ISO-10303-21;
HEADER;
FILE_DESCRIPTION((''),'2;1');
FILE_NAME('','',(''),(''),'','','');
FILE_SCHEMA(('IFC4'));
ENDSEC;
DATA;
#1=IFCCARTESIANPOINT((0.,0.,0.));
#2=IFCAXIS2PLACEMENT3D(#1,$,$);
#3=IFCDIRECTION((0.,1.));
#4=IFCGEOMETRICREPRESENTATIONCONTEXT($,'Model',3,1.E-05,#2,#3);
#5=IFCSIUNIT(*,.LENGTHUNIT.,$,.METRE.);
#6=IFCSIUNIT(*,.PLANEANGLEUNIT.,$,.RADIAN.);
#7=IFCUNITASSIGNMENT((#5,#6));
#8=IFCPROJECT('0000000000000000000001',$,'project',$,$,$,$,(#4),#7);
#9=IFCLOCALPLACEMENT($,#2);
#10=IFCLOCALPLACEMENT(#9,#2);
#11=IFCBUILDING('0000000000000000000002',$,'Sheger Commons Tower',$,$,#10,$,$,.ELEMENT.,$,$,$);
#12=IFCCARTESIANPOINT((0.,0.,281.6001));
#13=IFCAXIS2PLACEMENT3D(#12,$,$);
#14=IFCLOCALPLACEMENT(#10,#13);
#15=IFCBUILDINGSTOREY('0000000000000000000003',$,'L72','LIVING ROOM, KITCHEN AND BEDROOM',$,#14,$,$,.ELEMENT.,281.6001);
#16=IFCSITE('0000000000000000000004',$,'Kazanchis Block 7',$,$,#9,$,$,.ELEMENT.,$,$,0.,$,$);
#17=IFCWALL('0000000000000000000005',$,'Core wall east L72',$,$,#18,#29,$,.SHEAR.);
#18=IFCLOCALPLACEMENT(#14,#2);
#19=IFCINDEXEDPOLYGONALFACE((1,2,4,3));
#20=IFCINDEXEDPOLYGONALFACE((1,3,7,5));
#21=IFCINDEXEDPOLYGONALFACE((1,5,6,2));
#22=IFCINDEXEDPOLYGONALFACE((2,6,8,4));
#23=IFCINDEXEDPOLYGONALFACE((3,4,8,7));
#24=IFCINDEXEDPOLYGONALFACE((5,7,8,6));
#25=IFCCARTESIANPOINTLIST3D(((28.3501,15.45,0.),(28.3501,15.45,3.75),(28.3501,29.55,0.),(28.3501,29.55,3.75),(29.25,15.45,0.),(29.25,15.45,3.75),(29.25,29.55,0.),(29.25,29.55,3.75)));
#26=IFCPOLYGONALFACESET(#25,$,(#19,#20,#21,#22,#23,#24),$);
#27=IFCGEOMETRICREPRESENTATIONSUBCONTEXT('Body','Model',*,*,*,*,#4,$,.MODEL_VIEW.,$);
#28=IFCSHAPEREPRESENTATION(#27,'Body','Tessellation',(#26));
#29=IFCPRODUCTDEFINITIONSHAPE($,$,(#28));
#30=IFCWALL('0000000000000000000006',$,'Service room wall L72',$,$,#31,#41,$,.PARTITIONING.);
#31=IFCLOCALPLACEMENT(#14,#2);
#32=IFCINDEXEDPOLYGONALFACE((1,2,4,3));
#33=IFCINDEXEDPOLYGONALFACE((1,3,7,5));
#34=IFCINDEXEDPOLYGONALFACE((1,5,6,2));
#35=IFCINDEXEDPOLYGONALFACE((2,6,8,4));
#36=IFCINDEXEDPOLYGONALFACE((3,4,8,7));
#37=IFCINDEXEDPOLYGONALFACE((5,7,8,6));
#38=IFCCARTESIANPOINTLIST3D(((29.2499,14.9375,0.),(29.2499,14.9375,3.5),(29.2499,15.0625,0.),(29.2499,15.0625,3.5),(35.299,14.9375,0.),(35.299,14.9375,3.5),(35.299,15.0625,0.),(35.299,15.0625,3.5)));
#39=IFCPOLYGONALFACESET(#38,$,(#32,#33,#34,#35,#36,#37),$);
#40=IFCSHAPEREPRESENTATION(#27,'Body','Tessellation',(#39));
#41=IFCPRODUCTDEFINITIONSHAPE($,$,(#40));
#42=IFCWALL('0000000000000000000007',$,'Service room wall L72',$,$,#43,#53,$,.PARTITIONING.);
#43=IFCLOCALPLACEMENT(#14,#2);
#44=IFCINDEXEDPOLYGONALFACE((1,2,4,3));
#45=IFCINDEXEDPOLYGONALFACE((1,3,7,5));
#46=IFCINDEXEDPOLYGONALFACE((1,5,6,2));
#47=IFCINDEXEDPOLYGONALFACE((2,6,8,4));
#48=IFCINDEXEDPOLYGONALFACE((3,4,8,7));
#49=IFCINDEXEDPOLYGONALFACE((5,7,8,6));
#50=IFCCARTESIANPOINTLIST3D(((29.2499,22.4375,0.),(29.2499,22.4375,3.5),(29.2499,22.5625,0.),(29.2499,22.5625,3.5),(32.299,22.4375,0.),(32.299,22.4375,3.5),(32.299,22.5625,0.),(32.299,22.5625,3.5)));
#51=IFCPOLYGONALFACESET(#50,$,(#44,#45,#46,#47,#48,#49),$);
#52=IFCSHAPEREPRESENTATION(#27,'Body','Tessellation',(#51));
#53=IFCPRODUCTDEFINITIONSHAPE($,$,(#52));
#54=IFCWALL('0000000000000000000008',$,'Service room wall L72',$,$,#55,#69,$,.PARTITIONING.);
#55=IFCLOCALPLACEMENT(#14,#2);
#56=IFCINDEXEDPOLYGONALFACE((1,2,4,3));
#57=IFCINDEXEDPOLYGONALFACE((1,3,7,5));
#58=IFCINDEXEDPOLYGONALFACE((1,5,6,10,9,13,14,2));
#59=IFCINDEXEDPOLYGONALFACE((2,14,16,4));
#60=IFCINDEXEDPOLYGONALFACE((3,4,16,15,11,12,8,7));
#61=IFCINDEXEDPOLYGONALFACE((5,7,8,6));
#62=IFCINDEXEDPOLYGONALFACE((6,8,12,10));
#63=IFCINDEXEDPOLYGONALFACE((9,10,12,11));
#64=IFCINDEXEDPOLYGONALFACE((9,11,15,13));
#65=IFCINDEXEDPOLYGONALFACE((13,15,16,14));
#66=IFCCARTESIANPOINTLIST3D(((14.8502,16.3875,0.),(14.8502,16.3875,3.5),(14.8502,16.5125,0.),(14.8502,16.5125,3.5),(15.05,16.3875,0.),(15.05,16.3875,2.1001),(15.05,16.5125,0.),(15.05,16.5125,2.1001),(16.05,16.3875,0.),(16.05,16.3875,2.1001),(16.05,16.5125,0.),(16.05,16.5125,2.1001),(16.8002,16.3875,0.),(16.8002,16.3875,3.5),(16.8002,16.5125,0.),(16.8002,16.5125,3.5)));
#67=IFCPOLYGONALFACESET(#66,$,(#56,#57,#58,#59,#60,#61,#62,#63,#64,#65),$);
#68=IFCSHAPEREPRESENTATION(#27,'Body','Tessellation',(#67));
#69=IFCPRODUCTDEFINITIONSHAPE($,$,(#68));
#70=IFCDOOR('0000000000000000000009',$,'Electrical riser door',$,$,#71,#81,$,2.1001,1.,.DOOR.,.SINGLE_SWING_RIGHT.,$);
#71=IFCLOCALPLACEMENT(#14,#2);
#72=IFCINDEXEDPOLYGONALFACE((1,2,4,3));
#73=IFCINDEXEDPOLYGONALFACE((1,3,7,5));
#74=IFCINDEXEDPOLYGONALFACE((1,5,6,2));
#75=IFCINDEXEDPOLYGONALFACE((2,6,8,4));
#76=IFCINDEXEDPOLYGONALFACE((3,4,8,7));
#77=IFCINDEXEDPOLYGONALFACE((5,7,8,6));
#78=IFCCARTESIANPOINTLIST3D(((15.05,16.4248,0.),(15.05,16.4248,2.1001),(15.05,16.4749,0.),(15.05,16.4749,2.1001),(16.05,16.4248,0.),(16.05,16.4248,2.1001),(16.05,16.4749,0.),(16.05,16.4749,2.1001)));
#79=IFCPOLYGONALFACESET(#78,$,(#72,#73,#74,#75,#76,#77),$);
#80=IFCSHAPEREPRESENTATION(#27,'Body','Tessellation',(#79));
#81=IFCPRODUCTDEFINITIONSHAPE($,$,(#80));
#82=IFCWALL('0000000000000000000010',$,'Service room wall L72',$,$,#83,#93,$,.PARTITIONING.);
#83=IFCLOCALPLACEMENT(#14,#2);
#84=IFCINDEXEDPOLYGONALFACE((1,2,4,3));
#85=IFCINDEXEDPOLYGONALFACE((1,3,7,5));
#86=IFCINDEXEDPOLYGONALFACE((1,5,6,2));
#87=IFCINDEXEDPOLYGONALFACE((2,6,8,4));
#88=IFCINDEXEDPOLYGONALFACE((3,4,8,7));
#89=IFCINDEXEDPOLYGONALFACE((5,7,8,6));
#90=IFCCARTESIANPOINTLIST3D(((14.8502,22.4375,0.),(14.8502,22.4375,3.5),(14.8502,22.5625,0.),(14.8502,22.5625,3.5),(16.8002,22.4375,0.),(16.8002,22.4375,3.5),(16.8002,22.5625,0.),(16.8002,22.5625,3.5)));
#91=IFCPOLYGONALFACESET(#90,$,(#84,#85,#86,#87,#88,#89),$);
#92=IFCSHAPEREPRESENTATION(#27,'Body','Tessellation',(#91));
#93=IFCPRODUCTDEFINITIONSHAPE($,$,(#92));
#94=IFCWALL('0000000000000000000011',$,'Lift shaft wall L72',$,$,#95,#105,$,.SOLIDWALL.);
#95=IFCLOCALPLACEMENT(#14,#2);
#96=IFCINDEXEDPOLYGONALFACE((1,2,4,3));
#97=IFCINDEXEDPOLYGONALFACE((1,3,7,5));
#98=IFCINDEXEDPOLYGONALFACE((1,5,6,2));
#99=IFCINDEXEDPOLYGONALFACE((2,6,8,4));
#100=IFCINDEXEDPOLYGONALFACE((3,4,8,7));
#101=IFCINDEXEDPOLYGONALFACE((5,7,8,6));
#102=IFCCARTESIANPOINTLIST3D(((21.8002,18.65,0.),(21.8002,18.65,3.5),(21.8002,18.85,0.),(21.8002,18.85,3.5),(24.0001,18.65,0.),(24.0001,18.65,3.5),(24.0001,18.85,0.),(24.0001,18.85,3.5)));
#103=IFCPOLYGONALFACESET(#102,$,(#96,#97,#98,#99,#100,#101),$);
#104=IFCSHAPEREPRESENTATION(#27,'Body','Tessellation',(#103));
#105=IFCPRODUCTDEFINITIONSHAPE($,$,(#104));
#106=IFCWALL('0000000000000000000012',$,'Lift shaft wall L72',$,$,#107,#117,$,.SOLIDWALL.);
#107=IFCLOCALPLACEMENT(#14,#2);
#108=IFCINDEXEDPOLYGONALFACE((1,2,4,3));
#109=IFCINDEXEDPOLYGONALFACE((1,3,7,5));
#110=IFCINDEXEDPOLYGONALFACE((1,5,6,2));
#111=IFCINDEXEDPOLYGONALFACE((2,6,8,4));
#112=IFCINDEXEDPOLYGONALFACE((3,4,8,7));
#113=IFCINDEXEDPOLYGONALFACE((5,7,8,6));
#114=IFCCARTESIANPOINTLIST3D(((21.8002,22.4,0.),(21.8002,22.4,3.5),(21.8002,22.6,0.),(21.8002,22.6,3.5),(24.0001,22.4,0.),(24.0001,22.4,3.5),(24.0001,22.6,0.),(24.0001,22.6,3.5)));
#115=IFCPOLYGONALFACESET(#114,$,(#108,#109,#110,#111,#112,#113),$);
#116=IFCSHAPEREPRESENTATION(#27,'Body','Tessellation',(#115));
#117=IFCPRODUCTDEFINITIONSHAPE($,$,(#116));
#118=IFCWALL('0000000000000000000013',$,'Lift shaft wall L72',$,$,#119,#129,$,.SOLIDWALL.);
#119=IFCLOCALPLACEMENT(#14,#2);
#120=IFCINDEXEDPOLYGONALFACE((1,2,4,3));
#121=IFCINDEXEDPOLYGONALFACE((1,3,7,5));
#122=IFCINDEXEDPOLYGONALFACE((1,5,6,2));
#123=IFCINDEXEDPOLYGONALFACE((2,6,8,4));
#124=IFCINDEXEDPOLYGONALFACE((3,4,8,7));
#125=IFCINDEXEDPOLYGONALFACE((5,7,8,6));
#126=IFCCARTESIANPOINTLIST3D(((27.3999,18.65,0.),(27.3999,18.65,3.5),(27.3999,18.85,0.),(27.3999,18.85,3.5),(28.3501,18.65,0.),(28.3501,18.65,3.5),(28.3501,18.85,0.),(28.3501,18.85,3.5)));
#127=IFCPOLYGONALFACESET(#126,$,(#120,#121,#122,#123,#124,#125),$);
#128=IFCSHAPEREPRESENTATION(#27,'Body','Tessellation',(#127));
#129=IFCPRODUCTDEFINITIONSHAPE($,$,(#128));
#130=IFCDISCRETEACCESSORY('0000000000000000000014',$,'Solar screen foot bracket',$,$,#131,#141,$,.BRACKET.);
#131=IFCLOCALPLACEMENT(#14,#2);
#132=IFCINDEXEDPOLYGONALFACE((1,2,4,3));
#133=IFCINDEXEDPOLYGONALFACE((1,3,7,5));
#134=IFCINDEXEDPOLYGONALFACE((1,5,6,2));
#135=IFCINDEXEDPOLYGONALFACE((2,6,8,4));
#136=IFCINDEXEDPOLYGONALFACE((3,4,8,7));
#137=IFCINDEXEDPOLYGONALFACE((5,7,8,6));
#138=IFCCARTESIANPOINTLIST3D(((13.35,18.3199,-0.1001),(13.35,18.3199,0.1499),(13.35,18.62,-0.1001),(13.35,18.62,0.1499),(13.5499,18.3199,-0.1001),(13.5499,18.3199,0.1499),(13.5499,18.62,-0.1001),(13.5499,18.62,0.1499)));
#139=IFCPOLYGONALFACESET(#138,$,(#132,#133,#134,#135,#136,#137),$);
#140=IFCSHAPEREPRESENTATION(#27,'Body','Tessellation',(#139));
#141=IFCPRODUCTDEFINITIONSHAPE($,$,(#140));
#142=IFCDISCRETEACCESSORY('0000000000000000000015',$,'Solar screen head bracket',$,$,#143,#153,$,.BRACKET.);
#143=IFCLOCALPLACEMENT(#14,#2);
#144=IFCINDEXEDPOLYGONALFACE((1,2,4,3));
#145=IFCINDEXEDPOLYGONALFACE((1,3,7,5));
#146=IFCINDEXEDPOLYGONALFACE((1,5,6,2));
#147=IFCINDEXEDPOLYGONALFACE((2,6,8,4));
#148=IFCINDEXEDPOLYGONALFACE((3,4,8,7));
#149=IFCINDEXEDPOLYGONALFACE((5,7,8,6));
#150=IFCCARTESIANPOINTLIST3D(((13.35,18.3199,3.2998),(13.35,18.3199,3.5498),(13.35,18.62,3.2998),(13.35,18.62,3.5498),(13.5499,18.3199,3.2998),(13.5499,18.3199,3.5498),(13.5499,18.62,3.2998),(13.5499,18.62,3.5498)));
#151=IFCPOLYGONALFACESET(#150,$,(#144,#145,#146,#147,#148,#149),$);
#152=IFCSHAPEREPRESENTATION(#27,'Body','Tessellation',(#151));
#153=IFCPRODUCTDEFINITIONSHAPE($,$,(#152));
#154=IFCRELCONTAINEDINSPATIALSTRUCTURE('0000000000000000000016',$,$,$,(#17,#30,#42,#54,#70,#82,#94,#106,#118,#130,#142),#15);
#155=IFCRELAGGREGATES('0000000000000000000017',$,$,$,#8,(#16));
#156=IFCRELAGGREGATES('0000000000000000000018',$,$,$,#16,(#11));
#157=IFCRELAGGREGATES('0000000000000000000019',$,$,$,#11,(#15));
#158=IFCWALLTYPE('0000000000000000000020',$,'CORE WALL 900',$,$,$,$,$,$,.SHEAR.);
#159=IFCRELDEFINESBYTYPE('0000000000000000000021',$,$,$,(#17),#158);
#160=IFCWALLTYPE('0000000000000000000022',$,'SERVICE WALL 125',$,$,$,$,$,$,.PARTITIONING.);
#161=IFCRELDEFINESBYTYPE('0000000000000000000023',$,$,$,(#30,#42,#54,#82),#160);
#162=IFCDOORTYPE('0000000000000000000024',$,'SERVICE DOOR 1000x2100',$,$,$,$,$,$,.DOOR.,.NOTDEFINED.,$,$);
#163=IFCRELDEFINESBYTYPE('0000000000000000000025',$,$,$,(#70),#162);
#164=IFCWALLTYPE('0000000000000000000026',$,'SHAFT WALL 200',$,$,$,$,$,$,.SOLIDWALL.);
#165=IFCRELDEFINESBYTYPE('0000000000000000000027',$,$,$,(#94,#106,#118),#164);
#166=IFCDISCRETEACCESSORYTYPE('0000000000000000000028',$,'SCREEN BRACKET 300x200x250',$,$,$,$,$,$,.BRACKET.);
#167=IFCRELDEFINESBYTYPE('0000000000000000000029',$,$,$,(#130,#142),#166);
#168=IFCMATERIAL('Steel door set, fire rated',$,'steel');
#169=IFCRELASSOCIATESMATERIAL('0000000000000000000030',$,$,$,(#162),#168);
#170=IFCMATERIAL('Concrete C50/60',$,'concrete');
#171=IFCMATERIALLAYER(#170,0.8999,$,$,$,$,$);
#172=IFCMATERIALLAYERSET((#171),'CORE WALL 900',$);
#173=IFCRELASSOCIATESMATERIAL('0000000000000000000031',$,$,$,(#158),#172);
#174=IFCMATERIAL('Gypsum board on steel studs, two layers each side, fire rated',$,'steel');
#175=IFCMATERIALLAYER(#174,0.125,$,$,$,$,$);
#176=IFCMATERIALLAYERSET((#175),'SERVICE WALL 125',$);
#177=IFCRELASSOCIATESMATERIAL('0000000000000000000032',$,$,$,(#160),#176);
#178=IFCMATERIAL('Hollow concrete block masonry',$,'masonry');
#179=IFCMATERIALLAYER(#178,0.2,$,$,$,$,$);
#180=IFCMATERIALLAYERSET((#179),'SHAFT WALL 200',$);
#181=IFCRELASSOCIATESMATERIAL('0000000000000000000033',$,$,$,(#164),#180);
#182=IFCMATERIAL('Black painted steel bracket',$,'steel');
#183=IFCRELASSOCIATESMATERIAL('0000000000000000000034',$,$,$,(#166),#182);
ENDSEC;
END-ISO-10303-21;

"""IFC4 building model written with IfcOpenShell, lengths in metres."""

from ifc_helpers import new_model, si_unit, direction, frame, frame_2d, origin, origin_2d, place, context, subcontext, project, spatial, rectangle, extrude, material, layer, layer_set, type_object, element, fill, save


model = new_model("IFC4")

# Units and contexts
model_context = context("Model", 3, precision=1e-05, world=origin(), true_north=direction((0.0, 1.0)))
body_context = subcontext(model_context, "Body", "Model", "MODEL_VIEW")
ifc_project = project(units=[si_unit("LENGTHUNIT", "METRE"), si_unit("PLANEANGLEUNIT", "RADIAN")], contexts=[model_context])

# Site, building, storey
site_placement = place(None, origin())
site = spatial("IfcSite", under=ifc_project, at=site_placement, Name="Kazanchis Block 7", CompositionType="ELEMENT", RefElevation=0.0)
building_placement = place(site_placement, origin())
building = spatial("IfcBuilding", under=site, at=building_placement, Name="Sheger Commons Tower", CompositionType="ELEMENT")
storey_placement = place(building_placement, frame((0.0, 0.0, 281.6001)))
storey = spatial("IfcBuildingStorey", under=building, at=storey_placement, Name="L72", Description="LIVING ROOM, KITCHEN AND BEDROOM", CompositionType="ELEMENT", Elevation=281.6001)

# Shared definitions
ifc_material_1 = material(Name="Steel door set, fire rated", Category="steel")
door_type_1 = type_object("IfcDoorType", Name="SERVICE DOOR 1000x2100", OperationType="NOTDEFINED", PredefinedType="DOOR", material=ifc_material_1)

# Walls
ifc_material_2 = material(Name="Concrete C50/60", Category="concrete")
ifc_layer_1 = layer(ifc_material_2, 0.8999)
ifc_layer_set_1 = layer_set([ifc_layer_1], Name="CORE WALL 900")
wall_type_1 = type_object("IfcWallType", Name="CORE WALL 900", PredefinedType="SHEAR", material=ifc_layer_set_1)
for number, where, z_axis, x_axis, name in (
    (1, (28.8, 15.45, 0.0), (0.0, 0.0, 1.0), (0.0, 1.0, 0.0), "Core wall east L72"),
):
    element("IfcWall", number, at=place(storey_placement, frame(where, z_axis=z_axis, x_axis=x_axis)), inside=storey, type_object=wall_type_1, Name=name, PredefinedType="SHEAR", context=body_context, shape_type="SweptSolid", body=[
        extrude(rectangle(XDim=14.1001, YDim=0.8999, at=frame_2d((7.05, 0.0))), origin(), (0.0, 0.0, 1.0), 3.75),
    ])
ifc_material_3 = material(Name="Gypsum board on steel studs, two layers each side, fire rated", Category="steel")
ifc_layer_2 = layer(ifc_material_3, 0.125)
ifc_layer_set_2 = layer_set([ifc_layer_2], Name="SERVICE WALL 125")
wall_type_2 = type_object("IfcWallType", Name="SERVICE WALL 125", PredefinedType="PARTITIONING", material=ifc_layer_set_2)
wall_1_placement = place(storey_placement, frame((29.25, 15.0, 0.0), z_axis=(0.0, 0.0, 1.0), x_axis=(1.0, 0.0, 0.0)))
element("IfcWall", 2, at=wall_1_placement, inside=storey, type_object=wall_type_2, Name="Service room wall L72", PredefinedType="PARTITIONING", context=body_context, shape_type="SweptSolid", body=[
    extrude(rectangle(XDim=6.0491, YDim=0.125, at=frame_2d((3.0244, 0.0))), origin(), (0.0, 0.0, 1.0), 3.5),
])
wall_2_placement = place(storey_placement, frame((29.25, 22.5, 0.0), z_axis=(0.0, 0.0, 1.0), x_axis=(1.0, 0.0, 0.0)))
element("IfcWall", 3, at=wall_2_placement, inside=storey, type_object=wall_type_2, Name="Service room wall L72", PredefinedType="PARTITIONING", context=body_context, shape_type="SweptSolid", body=[
    extrude(rectangle(XDim=3.0491, YDim=0.125, at=frame_2d((1.5244, 0.0))), origin(), (0.0, 0.0, 1.0), 3.5),
])

# Wall, opening, door
wall_3_placement = place(storey_placement, frame((14.8501, 16.45, 0.0), z_axis=(0.0, 0.0, 1.0), x_axis=(1.0, 0.0, 0.0)))
wall_3 = element("IfcWall", 4, at=wall_3_placement, inside=storey, type_object=wall_type_2, Name="Service room wall L72", PredefinedType="PARTITIONING", context=body_context, shape_type="SweptSolid", body=[
    extrude(rectangle(XDim=1.95, YDim=0.125, at=frame_2d((0.9751, 0.0))), origin(), (0.0, 0.0, 1.0), 3.5),
])
opening_1_placement = place(wall_3_placement, frame((0.2, 0.0, 0.0)))
opening_1 = element("IfcOpeningElement", 5, at=opening_1_placement, cuts=wall_3, PredefinedType="OPENING", context=body_context, shape_type="SweptSolid", body=[
    extrude(rectangle(XDim=1.0, YDim=2.1001, at=frame_2d((0.5, 1.05))), frame((0.0, 0.0725, 0.0), z_axis=(0.0, -1.0, 0.0), x_axis=(1.0, 0.0, 0.0)), (0.0, 0.0, 1.0), 0.145),
])
door_1_placement = place(opening_1_placement, origin())
door_1 = element("IfcDoor", 6, at=door_1_placement, inside=storey, type_object=door_type_1, Name="Electrical riser door", OperationType="SINGLE_SWING_RIGHT", OverallHeight=2.1001, OverallWidth=1.0, PredefinedType="DOOR", context=body_context, shape_type="SweptSolid", body=[
    extrude(rectangle(XDim=1.0, YDim=2.1001, at=frame_2d((0.5, 1.05))), frame((0.0, 0.0249, 0.0), z_axis=(0.0, -1.0, 0.0), x_axis=(1.0, 0.0, 0.0)), (0.0, 0.0, 1.0), 0.05),
])
fill(opening_1, door_1)

# Walls
wall_4_placement = place(storey_placement, frame((14.8501, 22.5, 0.0), z_axis=(0.0, 0.0, 1.0), x_axis=(1.0, 0.0, 0.0)))
element("IfcWall", 7, at=wall_4_placement, inside=storey, type_object=wall_type_2, Name="Service room wall L72", PredefinedType="PARTITIONING", context=body_context, shape_type="SweptSolid", body=[
    extrude(rectangle(XDim=1.95, YDim=0.125, at=frame_2d((0.9751, 0.0))), origin(), (0.0, 0.0, 1.0), 3.5),
])
ifc_material_4 = material(Name="Hollow concrete block masonry", Category="masonry")
ifc_layer_3 = layer(ifc_material_4, 0.2)
ifc_layer_set_3 = layer_set([ifc_layer_3], Name="SHAFT WALL 200")
wall_type_3 = type_object("IfcWallType", Name="SHAFT WALL 200", PredefinedType="SOLIDWALL", material=ifc_layer_set_3)
for number, where, z_axis, x_axis, name in (
    (8, (21.8, 18.75, 0.0), (0.0, 0.0, 1.0), (1.0, 0.0, 0.0), "Lift shaft wall L72"),
    (9, (21.8, 22.5, 0.0), (0.0, 0.0, 1.0), (1.0, 0.0, 0.0), "Lift shaft wall L72"),
):
    element("IfcWall", number, at=place(storey_placement, frame(where, z_axis=z_axis, x_axis=x_axis)), inside=storey, type_object=wall_type_3, Name=name, PredefinedType="SOLIDWALL", context=body_context, shape_type="SweptSolid", body=[
        extrude(rectangle(XDim=2.2, YDim=0.2, at=frame_2d((1.1001, 0.0))), origin(), (0.0, 0.0, 1.0), 3.5),
    ])
wall_5_placement = place(storey_placement, frame((27.3999, 18.75, 0.0), z_axis=(0.0, 0.0, 1.0), x_axis=(1.0, 0.0, 0.0)))
element("IfcWall", 10, at=wall_5_placement, inside=storey, type_object=wall_type_3, Name="Lift shaft wall L72", PredefinedType="SOLIDWALL", context=body_context, shape_type="SweptSolid", body=[
    extrude(rectangle(XDim=0.9502, YDim=0.2, at=frame_2d((0.4751, 0.0))), origin(), (0.0, 0.0, 1.0), 3.5),
])

# Discrete accessories
ifc_material_5 = material(Name="Black painted steel bracket", Category="steel")
discrete_accessory_type = type_object("IfcDiscreteAccessoryType", Name="SCREEN BRACKET 300x200x250", PredefinedType="BRACKET", material=ifc_material_5)
for number, where, z_axis, x_axis, name in (
    (11, (13.45, 18.47, -0.1001), (0.0, 0.0, 1.0), (0.0, -1.0, 0.0), "Solar screen foot bracket"),
    (12, (13.45, 18.47, 3.2998), (0.0, 0.0, 1.0), (0.0, -1.0, 0.0), "Solar screen head bracket"),
):
    element("IfcDiscreteAccessory", number, at=place(storey_placement, frame(where, z_axis=z_axis, x_axis=x_axis)), inside=storey, type_object=discrete_accessory_type, Name=name, PredefinedType="BRACKET", context=body_context, shape_type="SweptSolid", body=[
        extrude(rectangle(XDim=0.3, YDim=0.2, at=origin_2d()), origin(), (0.0, 0.0, 1.0), 0.25),
    ])

save(model, "model.ifc")
